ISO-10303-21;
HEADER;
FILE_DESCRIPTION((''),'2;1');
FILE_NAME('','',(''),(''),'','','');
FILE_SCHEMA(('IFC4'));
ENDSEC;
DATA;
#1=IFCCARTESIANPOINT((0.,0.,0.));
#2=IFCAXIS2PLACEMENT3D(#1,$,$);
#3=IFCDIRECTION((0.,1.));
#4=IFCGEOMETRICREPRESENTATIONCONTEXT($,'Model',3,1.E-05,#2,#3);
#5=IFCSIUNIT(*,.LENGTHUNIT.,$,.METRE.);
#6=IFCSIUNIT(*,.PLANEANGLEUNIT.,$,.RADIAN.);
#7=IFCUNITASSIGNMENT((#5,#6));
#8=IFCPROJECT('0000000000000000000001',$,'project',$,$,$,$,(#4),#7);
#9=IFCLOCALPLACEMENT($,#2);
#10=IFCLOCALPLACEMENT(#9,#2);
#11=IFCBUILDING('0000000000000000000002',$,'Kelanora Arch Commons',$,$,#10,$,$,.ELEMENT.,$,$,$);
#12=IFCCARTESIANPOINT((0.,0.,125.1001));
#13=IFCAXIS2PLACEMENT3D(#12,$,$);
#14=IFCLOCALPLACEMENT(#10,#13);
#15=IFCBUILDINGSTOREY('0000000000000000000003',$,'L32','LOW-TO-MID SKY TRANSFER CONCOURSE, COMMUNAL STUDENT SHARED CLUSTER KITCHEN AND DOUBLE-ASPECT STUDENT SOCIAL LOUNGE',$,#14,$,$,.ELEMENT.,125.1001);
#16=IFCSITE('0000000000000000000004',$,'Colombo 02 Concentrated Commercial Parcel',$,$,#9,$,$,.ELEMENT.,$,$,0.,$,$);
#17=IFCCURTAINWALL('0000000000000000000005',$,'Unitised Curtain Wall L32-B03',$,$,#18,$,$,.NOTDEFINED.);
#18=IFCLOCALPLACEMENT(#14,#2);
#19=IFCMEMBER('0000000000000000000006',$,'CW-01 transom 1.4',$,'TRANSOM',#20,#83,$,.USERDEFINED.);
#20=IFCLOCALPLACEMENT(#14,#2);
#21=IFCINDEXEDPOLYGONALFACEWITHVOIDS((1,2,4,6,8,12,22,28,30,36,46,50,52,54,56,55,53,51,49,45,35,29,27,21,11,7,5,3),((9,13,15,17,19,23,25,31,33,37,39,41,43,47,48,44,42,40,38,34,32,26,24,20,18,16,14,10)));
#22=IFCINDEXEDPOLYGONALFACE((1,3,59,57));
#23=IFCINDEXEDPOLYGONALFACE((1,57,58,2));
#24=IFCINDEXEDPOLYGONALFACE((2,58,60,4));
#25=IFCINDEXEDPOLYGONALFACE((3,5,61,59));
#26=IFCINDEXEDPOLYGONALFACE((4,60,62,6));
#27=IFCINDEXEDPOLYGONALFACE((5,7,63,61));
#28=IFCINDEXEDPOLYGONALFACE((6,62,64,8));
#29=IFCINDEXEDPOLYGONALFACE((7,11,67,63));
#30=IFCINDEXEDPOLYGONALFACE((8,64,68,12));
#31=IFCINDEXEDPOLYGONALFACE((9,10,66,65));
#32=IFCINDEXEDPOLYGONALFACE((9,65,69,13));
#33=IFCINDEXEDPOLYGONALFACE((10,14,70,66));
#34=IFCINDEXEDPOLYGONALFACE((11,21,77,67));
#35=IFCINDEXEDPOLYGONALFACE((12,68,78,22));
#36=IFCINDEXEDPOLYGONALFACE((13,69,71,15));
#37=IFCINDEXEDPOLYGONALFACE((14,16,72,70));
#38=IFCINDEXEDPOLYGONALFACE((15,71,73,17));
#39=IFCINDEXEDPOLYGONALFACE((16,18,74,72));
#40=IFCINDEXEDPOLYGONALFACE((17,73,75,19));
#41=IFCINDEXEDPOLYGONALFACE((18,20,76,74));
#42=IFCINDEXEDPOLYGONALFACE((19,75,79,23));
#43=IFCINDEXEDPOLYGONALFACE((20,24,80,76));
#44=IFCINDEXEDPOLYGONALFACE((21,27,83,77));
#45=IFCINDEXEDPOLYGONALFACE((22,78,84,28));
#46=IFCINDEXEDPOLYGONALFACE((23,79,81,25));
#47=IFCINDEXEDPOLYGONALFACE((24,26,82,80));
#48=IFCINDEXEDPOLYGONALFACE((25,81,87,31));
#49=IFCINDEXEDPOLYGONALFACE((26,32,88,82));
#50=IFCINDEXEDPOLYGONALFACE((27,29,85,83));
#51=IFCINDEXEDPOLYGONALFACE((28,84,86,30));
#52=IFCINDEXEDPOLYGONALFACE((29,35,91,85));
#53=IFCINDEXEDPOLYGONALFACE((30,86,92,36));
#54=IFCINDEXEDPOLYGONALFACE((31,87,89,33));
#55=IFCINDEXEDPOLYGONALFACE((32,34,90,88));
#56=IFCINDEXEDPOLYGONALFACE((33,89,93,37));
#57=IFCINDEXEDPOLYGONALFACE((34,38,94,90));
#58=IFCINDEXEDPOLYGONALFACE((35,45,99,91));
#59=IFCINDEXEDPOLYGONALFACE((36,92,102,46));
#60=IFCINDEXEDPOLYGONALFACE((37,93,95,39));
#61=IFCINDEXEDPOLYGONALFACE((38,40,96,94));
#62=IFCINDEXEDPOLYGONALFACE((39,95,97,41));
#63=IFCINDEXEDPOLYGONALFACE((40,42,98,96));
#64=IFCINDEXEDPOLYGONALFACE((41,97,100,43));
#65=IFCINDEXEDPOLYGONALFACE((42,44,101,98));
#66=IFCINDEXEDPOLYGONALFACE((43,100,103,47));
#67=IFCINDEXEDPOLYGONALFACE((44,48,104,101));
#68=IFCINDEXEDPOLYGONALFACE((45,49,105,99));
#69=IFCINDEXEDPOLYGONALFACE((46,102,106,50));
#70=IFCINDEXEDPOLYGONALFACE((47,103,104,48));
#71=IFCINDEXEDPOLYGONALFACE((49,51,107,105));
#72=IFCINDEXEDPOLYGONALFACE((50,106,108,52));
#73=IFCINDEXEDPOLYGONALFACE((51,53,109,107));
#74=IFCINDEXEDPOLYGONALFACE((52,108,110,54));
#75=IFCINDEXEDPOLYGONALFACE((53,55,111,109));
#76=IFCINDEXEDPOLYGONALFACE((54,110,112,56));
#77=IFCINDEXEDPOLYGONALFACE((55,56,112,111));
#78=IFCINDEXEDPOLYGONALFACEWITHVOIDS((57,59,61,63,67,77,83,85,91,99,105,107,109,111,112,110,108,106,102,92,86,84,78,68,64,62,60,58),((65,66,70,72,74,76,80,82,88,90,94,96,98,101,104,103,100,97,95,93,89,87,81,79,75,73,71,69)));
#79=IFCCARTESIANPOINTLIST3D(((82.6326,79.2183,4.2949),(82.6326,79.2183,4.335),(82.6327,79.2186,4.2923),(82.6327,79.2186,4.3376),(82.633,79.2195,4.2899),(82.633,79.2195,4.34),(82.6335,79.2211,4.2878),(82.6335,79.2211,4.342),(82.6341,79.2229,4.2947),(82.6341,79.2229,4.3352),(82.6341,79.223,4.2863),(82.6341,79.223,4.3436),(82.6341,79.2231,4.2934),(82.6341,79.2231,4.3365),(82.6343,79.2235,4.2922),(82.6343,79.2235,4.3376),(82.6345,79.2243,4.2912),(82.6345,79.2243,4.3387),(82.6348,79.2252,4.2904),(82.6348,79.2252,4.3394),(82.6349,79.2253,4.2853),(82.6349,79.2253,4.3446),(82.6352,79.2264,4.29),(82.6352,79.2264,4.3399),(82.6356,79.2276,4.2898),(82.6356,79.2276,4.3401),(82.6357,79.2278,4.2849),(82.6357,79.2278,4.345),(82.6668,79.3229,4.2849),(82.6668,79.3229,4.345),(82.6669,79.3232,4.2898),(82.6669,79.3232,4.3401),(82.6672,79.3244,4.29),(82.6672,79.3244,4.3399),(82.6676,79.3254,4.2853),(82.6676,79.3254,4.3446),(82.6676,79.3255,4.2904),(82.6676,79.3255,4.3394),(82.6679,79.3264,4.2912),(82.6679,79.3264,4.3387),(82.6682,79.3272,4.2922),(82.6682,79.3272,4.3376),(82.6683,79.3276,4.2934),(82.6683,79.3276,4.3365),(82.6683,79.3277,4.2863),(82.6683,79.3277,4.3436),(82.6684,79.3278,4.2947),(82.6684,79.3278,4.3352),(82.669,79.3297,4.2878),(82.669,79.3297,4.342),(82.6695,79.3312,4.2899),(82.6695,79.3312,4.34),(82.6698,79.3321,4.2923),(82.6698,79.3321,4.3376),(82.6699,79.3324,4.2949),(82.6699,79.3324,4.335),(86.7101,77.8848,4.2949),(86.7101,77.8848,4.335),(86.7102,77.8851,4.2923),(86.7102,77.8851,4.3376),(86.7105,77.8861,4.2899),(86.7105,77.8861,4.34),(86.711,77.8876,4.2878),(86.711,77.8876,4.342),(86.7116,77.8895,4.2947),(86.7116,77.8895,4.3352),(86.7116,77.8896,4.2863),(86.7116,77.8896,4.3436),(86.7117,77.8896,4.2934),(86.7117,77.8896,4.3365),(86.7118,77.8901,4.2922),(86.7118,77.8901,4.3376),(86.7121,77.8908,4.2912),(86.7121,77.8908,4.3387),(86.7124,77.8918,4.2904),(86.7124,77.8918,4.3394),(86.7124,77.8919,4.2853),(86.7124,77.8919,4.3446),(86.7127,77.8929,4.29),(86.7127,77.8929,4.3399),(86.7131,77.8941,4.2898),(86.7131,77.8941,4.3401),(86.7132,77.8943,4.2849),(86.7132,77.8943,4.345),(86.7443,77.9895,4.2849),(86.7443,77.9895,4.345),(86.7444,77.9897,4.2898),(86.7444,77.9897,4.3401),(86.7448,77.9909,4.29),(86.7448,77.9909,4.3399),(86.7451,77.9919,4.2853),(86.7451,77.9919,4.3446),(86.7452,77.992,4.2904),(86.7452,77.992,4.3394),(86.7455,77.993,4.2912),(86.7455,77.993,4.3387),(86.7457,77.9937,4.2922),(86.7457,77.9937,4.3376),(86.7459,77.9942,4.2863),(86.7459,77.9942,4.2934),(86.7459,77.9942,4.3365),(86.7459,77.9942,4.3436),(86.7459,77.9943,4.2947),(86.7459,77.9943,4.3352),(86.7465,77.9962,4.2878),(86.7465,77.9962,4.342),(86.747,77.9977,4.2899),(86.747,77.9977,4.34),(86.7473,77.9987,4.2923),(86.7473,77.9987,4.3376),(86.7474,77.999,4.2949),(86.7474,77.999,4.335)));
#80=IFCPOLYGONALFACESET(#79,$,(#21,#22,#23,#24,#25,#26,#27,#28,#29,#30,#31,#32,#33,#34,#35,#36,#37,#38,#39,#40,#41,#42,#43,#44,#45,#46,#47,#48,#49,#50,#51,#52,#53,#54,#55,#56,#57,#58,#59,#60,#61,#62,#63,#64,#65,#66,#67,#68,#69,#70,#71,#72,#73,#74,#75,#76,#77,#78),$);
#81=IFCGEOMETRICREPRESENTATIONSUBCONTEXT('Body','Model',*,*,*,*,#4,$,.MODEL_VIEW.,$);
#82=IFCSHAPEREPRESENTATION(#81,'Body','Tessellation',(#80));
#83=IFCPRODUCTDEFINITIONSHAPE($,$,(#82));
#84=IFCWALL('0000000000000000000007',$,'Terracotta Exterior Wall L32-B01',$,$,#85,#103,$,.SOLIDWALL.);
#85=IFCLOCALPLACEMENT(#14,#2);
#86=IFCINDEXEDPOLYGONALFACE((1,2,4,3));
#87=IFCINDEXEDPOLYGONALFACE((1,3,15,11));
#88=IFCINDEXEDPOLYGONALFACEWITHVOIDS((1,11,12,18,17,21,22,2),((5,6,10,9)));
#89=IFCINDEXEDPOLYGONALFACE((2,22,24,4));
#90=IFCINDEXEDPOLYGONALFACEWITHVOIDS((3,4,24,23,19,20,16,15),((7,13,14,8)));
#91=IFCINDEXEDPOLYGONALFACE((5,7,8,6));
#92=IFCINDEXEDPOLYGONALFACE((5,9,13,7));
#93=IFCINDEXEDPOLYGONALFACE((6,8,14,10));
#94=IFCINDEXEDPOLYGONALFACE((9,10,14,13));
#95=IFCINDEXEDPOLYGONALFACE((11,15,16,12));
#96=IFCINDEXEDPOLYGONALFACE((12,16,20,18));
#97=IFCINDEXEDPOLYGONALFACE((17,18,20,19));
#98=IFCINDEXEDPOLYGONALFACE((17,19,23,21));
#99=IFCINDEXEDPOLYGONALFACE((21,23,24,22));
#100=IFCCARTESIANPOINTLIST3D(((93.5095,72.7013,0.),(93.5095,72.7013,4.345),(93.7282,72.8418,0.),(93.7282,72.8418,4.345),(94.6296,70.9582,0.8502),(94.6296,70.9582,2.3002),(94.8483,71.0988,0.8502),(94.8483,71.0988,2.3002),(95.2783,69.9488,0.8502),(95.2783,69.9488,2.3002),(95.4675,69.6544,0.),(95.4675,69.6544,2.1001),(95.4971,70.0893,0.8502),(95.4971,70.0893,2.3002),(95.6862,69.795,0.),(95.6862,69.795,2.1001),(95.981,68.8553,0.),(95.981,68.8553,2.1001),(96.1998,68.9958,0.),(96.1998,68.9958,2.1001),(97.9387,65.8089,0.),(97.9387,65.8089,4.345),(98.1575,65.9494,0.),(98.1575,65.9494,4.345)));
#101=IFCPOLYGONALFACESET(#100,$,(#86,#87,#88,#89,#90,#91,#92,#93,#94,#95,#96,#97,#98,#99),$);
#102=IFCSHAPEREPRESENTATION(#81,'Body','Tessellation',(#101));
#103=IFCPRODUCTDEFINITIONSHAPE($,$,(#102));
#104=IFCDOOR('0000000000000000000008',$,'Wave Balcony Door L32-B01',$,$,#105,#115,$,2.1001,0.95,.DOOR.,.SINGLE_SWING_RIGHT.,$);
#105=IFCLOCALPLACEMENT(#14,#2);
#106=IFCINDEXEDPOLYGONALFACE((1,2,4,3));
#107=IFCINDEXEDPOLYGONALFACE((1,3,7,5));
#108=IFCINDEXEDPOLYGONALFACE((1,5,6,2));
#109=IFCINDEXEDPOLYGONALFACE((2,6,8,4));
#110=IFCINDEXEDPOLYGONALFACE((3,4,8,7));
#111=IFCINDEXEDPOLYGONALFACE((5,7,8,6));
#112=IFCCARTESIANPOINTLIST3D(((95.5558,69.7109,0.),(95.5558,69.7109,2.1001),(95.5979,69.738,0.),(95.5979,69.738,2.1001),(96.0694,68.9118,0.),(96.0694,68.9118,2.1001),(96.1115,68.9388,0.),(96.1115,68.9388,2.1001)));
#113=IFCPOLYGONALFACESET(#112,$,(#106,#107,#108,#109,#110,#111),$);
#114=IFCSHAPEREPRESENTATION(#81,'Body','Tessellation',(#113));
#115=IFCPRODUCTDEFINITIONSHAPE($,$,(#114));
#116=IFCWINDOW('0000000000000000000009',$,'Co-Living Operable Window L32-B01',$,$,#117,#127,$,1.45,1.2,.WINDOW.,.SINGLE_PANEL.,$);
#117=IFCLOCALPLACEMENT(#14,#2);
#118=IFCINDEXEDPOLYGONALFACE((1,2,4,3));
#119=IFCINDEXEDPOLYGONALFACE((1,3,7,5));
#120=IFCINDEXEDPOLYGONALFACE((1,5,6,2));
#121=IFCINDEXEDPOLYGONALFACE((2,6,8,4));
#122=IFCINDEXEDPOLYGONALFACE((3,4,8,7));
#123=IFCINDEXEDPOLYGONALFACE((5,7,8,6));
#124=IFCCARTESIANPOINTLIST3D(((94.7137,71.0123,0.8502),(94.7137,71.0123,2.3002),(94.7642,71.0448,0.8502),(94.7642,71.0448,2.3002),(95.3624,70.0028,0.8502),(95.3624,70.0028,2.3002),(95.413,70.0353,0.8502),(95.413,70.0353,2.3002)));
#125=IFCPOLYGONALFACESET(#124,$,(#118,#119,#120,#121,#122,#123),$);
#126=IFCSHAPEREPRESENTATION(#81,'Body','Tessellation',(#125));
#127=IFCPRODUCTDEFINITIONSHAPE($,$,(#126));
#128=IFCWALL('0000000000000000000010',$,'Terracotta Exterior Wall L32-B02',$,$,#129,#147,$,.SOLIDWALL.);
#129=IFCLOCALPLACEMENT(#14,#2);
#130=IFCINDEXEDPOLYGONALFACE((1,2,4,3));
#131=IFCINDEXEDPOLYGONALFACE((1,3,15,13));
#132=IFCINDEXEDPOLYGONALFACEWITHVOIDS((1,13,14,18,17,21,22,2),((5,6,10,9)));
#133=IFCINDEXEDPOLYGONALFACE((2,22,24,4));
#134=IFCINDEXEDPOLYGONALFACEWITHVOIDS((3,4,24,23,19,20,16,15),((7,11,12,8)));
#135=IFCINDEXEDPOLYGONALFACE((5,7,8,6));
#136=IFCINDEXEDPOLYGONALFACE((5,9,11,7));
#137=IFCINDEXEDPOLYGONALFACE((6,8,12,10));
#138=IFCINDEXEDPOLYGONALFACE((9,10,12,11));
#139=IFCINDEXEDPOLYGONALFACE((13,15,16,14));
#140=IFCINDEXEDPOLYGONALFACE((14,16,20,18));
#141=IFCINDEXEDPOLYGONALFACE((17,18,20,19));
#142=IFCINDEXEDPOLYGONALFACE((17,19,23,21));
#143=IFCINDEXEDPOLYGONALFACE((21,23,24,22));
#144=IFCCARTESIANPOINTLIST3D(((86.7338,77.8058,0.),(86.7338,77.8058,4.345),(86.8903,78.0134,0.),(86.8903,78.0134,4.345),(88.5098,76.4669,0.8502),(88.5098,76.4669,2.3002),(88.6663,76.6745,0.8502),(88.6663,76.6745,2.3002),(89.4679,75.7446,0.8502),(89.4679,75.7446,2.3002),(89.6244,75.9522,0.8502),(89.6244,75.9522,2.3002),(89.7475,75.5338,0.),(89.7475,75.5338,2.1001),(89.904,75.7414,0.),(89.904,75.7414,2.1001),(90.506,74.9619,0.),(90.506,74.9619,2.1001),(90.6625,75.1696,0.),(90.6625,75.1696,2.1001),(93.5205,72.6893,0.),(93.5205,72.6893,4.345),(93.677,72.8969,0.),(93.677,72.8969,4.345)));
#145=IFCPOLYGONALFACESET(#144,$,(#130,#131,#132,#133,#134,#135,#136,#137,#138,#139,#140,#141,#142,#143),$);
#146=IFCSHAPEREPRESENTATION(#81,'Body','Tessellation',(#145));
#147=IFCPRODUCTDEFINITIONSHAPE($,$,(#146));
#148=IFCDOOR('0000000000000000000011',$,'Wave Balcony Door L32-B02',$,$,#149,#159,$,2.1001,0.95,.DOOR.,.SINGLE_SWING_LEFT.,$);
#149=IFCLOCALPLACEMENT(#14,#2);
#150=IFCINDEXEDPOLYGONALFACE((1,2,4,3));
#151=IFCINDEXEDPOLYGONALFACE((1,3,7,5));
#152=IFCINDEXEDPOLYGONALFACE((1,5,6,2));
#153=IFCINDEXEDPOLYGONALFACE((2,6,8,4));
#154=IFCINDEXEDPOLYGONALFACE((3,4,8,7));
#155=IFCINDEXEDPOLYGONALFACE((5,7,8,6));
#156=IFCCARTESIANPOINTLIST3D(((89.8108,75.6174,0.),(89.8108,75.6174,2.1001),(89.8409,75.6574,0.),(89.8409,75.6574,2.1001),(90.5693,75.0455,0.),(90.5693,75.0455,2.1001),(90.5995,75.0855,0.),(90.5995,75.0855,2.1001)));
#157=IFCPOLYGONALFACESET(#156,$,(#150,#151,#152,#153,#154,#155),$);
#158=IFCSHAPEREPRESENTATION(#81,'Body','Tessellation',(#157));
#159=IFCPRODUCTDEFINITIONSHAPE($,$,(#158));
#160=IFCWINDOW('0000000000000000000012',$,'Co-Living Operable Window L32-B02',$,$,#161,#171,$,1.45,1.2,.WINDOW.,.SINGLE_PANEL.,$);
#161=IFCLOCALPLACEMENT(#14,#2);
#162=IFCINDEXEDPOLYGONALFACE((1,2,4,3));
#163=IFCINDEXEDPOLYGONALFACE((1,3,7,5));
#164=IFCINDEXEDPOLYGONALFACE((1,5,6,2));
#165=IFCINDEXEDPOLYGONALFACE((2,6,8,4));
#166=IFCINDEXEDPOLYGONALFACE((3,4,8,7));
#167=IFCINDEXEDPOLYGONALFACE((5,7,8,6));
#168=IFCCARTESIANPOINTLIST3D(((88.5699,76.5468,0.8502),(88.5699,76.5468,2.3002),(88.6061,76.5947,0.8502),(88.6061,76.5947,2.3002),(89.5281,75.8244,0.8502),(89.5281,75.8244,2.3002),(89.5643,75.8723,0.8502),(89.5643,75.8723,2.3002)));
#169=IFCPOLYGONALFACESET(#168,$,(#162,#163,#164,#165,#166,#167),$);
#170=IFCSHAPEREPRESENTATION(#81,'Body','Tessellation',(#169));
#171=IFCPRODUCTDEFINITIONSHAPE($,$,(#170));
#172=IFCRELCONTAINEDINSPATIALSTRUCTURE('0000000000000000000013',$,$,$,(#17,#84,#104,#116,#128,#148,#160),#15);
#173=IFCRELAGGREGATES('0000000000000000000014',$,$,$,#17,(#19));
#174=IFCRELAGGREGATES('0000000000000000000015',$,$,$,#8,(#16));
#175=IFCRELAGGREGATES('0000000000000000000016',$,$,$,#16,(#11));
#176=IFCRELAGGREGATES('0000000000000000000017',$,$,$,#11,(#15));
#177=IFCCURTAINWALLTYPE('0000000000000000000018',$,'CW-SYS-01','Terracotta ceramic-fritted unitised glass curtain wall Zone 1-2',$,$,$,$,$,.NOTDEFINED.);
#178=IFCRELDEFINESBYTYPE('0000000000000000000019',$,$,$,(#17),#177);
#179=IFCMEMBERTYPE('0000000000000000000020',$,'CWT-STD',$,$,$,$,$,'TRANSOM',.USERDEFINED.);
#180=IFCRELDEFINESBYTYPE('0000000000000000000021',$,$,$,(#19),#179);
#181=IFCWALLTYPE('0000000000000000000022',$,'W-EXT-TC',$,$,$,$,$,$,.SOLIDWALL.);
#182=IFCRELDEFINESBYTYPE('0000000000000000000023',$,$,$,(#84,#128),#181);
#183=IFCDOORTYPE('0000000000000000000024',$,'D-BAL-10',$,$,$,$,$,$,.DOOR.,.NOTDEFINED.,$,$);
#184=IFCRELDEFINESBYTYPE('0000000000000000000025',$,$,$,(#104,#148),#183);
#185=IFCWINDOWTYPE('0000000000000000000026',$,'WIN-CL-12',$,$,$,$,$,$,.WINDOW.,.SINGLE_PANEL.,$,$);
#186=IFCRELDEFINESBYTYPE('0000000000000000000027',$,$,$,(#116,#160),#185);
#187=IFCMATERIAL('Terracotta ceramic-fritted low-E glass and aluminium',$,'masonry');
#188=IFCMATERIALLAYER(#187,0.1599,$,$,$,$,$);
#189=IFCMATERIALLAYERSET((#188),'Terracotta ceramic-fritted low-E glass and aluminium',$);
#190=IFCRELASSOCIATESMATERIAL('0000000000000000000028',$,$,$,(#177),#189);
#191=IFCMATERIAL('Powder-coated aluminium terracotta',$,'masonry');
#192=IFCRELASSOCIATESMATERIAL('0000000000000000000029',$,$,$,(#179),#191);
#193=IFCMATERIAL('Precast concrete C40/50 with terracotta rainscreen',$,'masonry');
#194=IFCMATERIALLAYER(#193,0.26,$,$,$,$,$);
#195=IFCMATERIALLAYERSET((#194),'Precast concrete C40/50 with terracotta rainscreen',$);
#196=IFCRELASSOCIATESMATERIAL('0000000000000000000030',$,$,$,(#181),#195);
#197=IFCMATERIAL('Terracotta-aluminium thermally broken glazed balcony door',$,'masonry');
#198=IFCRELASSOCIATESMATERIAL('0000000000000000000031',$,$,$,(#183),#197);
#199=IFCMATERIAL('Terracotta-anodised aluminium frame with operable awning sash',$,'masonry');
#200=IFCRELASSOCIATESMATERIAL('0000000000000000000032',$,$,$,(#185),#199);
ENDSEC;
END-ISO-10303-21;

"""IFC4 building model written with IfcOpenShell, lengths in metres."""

from ifc_helpers import new_model, si_unit, direction, frame, frame_2d, origin, origin_2d, place, context, subcontext, project, spatial, rectangle, hollow_rectangle, extrude, material, layer, layer_set, material_profile, profile_set, type_object, element, fill, aggregate, save


model = new_model("IFC4")

# Units and contexts
model_context = context("Model", 3, precision=1e-05, world=origin(), true_north=direction((0.0, 1.0)))
body_context = subcontext(model_context, "Body", "Model", "MODEL_VIEW")
ifc_project = project(units=[si_unit("LENGTHUNIT", "METRE"), si_unit("PLANEANGLEUNIT", "RADIAN")], contexts=[model_context])

# Site, building, storey
site_placement = place(None, origin())
site = spatial("IfcSite", under=ifc_project, at=site_placement, Name="Colombo 02 Concentrated Commercial Parcel", CompositionType="ELEMENT", RefElevation=0.0)
building_placement = place(site_placement, origin())
building = spatial("IfcBuilding", under=site, at=building_placement, Name="Kelanora Arch Commons", CompositionType="ELEMENT")
storey_placement = place(building_placement, frame((0.0, 0.0, 125.1001)))
storey = spatial("IfcBuildingStorey", under=building, at=storey_placement, Name="L32", Description="LOW-TO-MID SKY TRANSFER CONCOURSE, COMMUNAL STUDENT SHARED CLUSTER KITCHEN AND DOUBLE-ASPECT STUDENT SOCIAL LOUNGE", CompositionType="ELEMENT", Elevation=125.1001)

# Shared definitions
ifc_material_1 = material(Name="Terracotta ceramic-fritted low-E glass and aluminium", Category="masonry")
ifc_layer_1 = layer(ifc_material_1, 0.1599)
ifc_layer_set_1 = layer_set([ifc_layer_1], Name="Terracotta ceramic-fritted low-E glass and aluminium")
curtain_wall_type = type_object("IfcCurtainWallType", Name="CW-SYS-01", Description="Terracotta ceramic-fritted unitised glass curtain wall Zone 1-2", PredefinedType="NOTDEFINED", material=ifc_layer_set_1)
ifc_material_2 = material(Name="Powder-coated aluminium terracotta", Category="masonry")

# Curtain wall, member
curtain_wall_1_placement = place(storey_placement, origin())
curtain_wall_1 = element("IfcCurtainWall", 1, at=curtain_wall_1_placement, inside=storey, type_object=curtain_wall_type, Name="Unitised Curtain Wall L32-B03", PredefinedType="NOTDEFINED")
ifc_material_profile_1 = material_profile(ifc_material_2, hollow_rectangle(XDim=0.1201, YDim=0.0601, WallThickness=0.0049, InnerFilletRadius=0.0049, OuterFilletRadius=0.01, at=origin_2d()), Name="CWT120x60")
ifc_profile_set_1 = profile_set([ifc_material_profile_1], Name="Powder-coated aluminium terracotta")
member_type_1 = type_object("IfcMemberType", Name="CWT-STD", ElementType="TRANSOM", PredefinedType="USERDEFINED", material=ifc_profile_set_1)
member_1_placement = place(storey_placement, frame((86.7288, 77.9419, 4.3149), z_axis=(-0.950466, 0.310828, 0.0), x_axis=(-0.310828, -0.950466, 0.0)))
member_1 = element("IfcMember", 2, at=member_1_placement, type_object=member_type_1, Name="CW-01 transom 1.4", ObjectType="TRANSOM", PredefinedType="USERDEFINED", context=body_context, shape_type="SweptSolid", body=[
    extrude(hollow_rectangle(XDim=0.1201, YDim=0.0601, WallThickness=0.0049, InnerFilletRadius=0.0049, OuterFilletRadius=0.01, at=origin_2d()), origin(), (0.0, 0.0, 1.0), 4.29),
])
aggregate(curtain_wall_1, [member_1])

# Walls, openings, doors, windows
ifc_material_3 = material(Name="Precast concrete C40/50 with terracotta rainscreen", Category="masonry")
ifc_layer_2 = layer(ifc_material_3, 0.26)
ifc_layer_set_2 = layer_set([ifc_layer_2], Name="Precast concrete C40/50 with terracotta rainscreen")
wall_type_1 = type_object("IfcWallType", Name="W-EXT-TC", PredefinedType="SOLIDWALL", material=ifc_layer_set_2)
wall_1_placement = place(storey_placement, frame((98.0481, 65.8792, 0.0), z_axis=(0.0, 0.0, 1.0), x_axis=(-0.540621, 0.841267, 0.0)))
wall_1 = element("IfcWall", 3, at=wall_1_placement, inside=storey, type_object=wall_type_1, Name="Terracotta Exterior Wall L32-B01", PredefinedType="SOLIDWALL", context=body_context, shape_type="SweptSolid", body=[
    extrude(rectangle(XDim=8.1929, YDim=0.26, at=frame_2d((4.0964, 0.0))), origin(), (0.0, 0.0, 1.0), 4.345),
])
opening_1_placement = place(wall_1_placement, frame((3.6211, 0.0, 0.0)))
opening_1 = element("IfcOpeningElement", 4, at=opening_1_placement, cuts=wall_1, PredefinedType="OPENING", context=body_context, shape_type="SweptSolid", body=[
    extrude(rectangle(XDim=0.95, YDim=2.1001, at=frame_2d((0.4751, 1.05))), frame((0.0, 0.1401, 0.0), z_axis=(0.0, -1.0, 0.0), x_axis=(1.0, 0.0, 0.0)), (0.0, 0.0, 1.0), 0.28),
])
opening_2_placement = place(wall_1_placement, frame((4.9209, 0.0, 0.8501)))
opening_2 = element("IfcOpeningElement", 5, at=opening_2_placement, cuts=wall_1, PredefinedType="OPENING", context=body_context, shape_type="SweptSolid", body=[
    extrude(rectangle(XDim=1.2, YDim=1.45, at=frame_2d((0.6001, 0.7251))), frame((0.0, 0.1401, 0.0), z_axis=(0.0, -1.0, 0.0), x_axis=(1.0, 0.0, 0.0)), (0.0, 0.0, 1.0), 0.28),
])
ifc_material_4 = material(Name="Terracotta-aluminium thermally broken glazed balcony door", Category="masonry")
door_type = type_object("IfcDoorType", Name="D-BAL-10", OperationType="NOTDEFINED", PredefinedType="DOOR", material=ifc_material_4)
door_1_placement = place(opening_1_placement, frame((0.95, 0.0, 0.0), z_axis=(0.0, 0.0, 1.0), x_axis=(-1.0, 0.0, 0.0)))
door_1 = element("IfcDoor", 6, at=door_1_placement, inside=storey, type_object=door_type, Name="Wave Balcony Door L32-B01", OperationType="SINGLE_SWING_RIGHT", OverallHeight=2.1001, OverallWidth=0.95, PredefinedType="DOOR", context=body_context, shape_type="SweptSolid", body=[
    extrude(rectangle(XDim=0.95, YDim=2.1001, at=frame_2d((0.4751, 1.05))), frame((0.0, 0.0249, 0.0), z_axis=(0.0, -1.0, 0.0), x_axis=(1.0, 0.0, 0.0)), (0.0, 0.0, 1.0), 0.05),
])
fill(opening_1, door_1)
ifc_material_5 = material(Name="Terracotta-anodised aluminium frame with operable awning sash", Category="masonry")
window_type = type_object("IfcWindowType", Name="WIN-CL-12", PartitioningType="SINGLE_PANEL", PredefinedType="WINDOW", material=ifc_material_5)
window_1_placement = place(opening_2_placement, origin())
window_1 = element("IfcWindow", 7, at=window_1_placement, inside=storey, type_object=window_type, Name="Co-Living Operable Window L32-B01", OverallHeight=1.45, OverallWidth=1.2, PartitioningType="SINGLE_PANEL", PredefinedType="WINDOW", context=body_context, shape_type="SweptSolid", body=[
    extrude(rectangle(XDim=1.2, YDim=1.45, at=frame_2d((0.6001, 0.7251))), frame((0.0, 0.03, 0.0), z_axis=(0.0, -1.0, 0.0), x_axis=(1.0, 0.0, 0.0)), (0.0, 0.0, 1.0), 0.0601),
])
fill(opening_2, window_1)
wall_2_placement = place(storey_placement, frame((93.5986, 72.7932, 0.0), z_axis=(0.0, 0.0, 1.0), x_axis=(-0.798502, 0.601993, 0.0)))
wall_2 = element("IfcWall", 8, at=wall_2_placement, inside=storey, type_object=wall_type_1, Name="Terracotta Exterior Wall L32-B02", PredefinedType="SOLIDWALL", context=body_context, shape_type="SweptSolid", body=[
    extrude(rectangle(XDim=8.4993, YDim=0.26, at=frame_2d((4.2495, 0.0))), origin(), (0.0, 0.0, 1.0), 4.345),
])
opening_3_placement = place(wall_2_placement, frame((3.7749, 0.0, 0.0)))
opening_3 = element("IfcOpeningElement", 9, at=opening_3_placement, cuts=wall_2, PredefinedType="OPENING", context=body_context, shape_type="SweptSolid", body=[
    extrude(rectangle(XDim=0.95, YDim=2.1001, at=frame_2d((0.4751, 1.05))), frame((0.0, 0.1401, 0.0), z_axis=(0.0, -1.0, 0.0), x_axis=(1.0, 0.0, 0.0)), (0.0, 0.0, 1.0), 0.28),
])
opening_4_placement = place(wall_2_placement, frame((5.075, 0.0, 0.8501)))
opening_4 = element("IfcOpeningElement", 10, at=opening_4_placement, cuts=wall_2, PredefinedType="OPENING", context=body_context, shape_type="SweptSolid", body=[
    extrude(rectangle(XDim=1.2, YDim=1.45, at=frame_2d((0.6001, 0.7251))), frame((0.0, 0.1401, 0.0), z_axis=(0.0, -1.0, 0.0), x_axis=(1.0, 0.0, 0.0)), (0.0, 0.0, 1.0), 0.28),
])
door_2_placement = place(opening_3_placement, frame((0.95, 0.0, 0.0), z_axis=(0.0, 0.0, 1.0), x_axis=(-1.0, 0.0, 0.0)))
door_2 = element("IfcDoor", 11, at=door_2_placement, inside=storey, type_object=door_type, Name="Wave Balcony Door L32-B02", OperationType="SINGLE_SWING_LEFT", OverallHeight=2.1001, OverallWidth=0.95, PredefinedType="DOOR", context=body_context, shape_type="SweptSolid", body=[
    extrude(rectangle(XDim=0.95, YDim=2.1001, at=frame_2d((0.4751, 1.05))), frame((0.0, 0.0249, 0.0), z_axis=(0.0, -1.0, 0.0), x_axis=(1.0, 0.0, 0.0)), (0.0, 0.0, 1.0), 0.05),
])
fill(opening_3, door_2)
window_2_placement = place(opening_4_placement, origin())
window_2 = element("IfcWindow", 12, at=window_2_placement, inside=storey, type_object=window_type, Name="Co-Living Operable Window L32-B02", OverallHeight=1.45, OverallWidth=1.2, PartitioningType="SINGLE_PANEL", PredefinedType="WINDOW", context=body_context, shape_type="SweptSolid", body=[
    extrude(rectangle(XDim=1.2, YDim=1.45, at=frame_2d((0.6001, 0.7251))), frame((0.0, 0.03, 0.0), z_axis=(0.0, -1.0, 0.0), x_axis=(1.0, 0.0, 0.0)), (0.0, 0.0, 1.0), 0.0601),
])
fill(opening_4, window_2)

save(model, "model.ifc")
